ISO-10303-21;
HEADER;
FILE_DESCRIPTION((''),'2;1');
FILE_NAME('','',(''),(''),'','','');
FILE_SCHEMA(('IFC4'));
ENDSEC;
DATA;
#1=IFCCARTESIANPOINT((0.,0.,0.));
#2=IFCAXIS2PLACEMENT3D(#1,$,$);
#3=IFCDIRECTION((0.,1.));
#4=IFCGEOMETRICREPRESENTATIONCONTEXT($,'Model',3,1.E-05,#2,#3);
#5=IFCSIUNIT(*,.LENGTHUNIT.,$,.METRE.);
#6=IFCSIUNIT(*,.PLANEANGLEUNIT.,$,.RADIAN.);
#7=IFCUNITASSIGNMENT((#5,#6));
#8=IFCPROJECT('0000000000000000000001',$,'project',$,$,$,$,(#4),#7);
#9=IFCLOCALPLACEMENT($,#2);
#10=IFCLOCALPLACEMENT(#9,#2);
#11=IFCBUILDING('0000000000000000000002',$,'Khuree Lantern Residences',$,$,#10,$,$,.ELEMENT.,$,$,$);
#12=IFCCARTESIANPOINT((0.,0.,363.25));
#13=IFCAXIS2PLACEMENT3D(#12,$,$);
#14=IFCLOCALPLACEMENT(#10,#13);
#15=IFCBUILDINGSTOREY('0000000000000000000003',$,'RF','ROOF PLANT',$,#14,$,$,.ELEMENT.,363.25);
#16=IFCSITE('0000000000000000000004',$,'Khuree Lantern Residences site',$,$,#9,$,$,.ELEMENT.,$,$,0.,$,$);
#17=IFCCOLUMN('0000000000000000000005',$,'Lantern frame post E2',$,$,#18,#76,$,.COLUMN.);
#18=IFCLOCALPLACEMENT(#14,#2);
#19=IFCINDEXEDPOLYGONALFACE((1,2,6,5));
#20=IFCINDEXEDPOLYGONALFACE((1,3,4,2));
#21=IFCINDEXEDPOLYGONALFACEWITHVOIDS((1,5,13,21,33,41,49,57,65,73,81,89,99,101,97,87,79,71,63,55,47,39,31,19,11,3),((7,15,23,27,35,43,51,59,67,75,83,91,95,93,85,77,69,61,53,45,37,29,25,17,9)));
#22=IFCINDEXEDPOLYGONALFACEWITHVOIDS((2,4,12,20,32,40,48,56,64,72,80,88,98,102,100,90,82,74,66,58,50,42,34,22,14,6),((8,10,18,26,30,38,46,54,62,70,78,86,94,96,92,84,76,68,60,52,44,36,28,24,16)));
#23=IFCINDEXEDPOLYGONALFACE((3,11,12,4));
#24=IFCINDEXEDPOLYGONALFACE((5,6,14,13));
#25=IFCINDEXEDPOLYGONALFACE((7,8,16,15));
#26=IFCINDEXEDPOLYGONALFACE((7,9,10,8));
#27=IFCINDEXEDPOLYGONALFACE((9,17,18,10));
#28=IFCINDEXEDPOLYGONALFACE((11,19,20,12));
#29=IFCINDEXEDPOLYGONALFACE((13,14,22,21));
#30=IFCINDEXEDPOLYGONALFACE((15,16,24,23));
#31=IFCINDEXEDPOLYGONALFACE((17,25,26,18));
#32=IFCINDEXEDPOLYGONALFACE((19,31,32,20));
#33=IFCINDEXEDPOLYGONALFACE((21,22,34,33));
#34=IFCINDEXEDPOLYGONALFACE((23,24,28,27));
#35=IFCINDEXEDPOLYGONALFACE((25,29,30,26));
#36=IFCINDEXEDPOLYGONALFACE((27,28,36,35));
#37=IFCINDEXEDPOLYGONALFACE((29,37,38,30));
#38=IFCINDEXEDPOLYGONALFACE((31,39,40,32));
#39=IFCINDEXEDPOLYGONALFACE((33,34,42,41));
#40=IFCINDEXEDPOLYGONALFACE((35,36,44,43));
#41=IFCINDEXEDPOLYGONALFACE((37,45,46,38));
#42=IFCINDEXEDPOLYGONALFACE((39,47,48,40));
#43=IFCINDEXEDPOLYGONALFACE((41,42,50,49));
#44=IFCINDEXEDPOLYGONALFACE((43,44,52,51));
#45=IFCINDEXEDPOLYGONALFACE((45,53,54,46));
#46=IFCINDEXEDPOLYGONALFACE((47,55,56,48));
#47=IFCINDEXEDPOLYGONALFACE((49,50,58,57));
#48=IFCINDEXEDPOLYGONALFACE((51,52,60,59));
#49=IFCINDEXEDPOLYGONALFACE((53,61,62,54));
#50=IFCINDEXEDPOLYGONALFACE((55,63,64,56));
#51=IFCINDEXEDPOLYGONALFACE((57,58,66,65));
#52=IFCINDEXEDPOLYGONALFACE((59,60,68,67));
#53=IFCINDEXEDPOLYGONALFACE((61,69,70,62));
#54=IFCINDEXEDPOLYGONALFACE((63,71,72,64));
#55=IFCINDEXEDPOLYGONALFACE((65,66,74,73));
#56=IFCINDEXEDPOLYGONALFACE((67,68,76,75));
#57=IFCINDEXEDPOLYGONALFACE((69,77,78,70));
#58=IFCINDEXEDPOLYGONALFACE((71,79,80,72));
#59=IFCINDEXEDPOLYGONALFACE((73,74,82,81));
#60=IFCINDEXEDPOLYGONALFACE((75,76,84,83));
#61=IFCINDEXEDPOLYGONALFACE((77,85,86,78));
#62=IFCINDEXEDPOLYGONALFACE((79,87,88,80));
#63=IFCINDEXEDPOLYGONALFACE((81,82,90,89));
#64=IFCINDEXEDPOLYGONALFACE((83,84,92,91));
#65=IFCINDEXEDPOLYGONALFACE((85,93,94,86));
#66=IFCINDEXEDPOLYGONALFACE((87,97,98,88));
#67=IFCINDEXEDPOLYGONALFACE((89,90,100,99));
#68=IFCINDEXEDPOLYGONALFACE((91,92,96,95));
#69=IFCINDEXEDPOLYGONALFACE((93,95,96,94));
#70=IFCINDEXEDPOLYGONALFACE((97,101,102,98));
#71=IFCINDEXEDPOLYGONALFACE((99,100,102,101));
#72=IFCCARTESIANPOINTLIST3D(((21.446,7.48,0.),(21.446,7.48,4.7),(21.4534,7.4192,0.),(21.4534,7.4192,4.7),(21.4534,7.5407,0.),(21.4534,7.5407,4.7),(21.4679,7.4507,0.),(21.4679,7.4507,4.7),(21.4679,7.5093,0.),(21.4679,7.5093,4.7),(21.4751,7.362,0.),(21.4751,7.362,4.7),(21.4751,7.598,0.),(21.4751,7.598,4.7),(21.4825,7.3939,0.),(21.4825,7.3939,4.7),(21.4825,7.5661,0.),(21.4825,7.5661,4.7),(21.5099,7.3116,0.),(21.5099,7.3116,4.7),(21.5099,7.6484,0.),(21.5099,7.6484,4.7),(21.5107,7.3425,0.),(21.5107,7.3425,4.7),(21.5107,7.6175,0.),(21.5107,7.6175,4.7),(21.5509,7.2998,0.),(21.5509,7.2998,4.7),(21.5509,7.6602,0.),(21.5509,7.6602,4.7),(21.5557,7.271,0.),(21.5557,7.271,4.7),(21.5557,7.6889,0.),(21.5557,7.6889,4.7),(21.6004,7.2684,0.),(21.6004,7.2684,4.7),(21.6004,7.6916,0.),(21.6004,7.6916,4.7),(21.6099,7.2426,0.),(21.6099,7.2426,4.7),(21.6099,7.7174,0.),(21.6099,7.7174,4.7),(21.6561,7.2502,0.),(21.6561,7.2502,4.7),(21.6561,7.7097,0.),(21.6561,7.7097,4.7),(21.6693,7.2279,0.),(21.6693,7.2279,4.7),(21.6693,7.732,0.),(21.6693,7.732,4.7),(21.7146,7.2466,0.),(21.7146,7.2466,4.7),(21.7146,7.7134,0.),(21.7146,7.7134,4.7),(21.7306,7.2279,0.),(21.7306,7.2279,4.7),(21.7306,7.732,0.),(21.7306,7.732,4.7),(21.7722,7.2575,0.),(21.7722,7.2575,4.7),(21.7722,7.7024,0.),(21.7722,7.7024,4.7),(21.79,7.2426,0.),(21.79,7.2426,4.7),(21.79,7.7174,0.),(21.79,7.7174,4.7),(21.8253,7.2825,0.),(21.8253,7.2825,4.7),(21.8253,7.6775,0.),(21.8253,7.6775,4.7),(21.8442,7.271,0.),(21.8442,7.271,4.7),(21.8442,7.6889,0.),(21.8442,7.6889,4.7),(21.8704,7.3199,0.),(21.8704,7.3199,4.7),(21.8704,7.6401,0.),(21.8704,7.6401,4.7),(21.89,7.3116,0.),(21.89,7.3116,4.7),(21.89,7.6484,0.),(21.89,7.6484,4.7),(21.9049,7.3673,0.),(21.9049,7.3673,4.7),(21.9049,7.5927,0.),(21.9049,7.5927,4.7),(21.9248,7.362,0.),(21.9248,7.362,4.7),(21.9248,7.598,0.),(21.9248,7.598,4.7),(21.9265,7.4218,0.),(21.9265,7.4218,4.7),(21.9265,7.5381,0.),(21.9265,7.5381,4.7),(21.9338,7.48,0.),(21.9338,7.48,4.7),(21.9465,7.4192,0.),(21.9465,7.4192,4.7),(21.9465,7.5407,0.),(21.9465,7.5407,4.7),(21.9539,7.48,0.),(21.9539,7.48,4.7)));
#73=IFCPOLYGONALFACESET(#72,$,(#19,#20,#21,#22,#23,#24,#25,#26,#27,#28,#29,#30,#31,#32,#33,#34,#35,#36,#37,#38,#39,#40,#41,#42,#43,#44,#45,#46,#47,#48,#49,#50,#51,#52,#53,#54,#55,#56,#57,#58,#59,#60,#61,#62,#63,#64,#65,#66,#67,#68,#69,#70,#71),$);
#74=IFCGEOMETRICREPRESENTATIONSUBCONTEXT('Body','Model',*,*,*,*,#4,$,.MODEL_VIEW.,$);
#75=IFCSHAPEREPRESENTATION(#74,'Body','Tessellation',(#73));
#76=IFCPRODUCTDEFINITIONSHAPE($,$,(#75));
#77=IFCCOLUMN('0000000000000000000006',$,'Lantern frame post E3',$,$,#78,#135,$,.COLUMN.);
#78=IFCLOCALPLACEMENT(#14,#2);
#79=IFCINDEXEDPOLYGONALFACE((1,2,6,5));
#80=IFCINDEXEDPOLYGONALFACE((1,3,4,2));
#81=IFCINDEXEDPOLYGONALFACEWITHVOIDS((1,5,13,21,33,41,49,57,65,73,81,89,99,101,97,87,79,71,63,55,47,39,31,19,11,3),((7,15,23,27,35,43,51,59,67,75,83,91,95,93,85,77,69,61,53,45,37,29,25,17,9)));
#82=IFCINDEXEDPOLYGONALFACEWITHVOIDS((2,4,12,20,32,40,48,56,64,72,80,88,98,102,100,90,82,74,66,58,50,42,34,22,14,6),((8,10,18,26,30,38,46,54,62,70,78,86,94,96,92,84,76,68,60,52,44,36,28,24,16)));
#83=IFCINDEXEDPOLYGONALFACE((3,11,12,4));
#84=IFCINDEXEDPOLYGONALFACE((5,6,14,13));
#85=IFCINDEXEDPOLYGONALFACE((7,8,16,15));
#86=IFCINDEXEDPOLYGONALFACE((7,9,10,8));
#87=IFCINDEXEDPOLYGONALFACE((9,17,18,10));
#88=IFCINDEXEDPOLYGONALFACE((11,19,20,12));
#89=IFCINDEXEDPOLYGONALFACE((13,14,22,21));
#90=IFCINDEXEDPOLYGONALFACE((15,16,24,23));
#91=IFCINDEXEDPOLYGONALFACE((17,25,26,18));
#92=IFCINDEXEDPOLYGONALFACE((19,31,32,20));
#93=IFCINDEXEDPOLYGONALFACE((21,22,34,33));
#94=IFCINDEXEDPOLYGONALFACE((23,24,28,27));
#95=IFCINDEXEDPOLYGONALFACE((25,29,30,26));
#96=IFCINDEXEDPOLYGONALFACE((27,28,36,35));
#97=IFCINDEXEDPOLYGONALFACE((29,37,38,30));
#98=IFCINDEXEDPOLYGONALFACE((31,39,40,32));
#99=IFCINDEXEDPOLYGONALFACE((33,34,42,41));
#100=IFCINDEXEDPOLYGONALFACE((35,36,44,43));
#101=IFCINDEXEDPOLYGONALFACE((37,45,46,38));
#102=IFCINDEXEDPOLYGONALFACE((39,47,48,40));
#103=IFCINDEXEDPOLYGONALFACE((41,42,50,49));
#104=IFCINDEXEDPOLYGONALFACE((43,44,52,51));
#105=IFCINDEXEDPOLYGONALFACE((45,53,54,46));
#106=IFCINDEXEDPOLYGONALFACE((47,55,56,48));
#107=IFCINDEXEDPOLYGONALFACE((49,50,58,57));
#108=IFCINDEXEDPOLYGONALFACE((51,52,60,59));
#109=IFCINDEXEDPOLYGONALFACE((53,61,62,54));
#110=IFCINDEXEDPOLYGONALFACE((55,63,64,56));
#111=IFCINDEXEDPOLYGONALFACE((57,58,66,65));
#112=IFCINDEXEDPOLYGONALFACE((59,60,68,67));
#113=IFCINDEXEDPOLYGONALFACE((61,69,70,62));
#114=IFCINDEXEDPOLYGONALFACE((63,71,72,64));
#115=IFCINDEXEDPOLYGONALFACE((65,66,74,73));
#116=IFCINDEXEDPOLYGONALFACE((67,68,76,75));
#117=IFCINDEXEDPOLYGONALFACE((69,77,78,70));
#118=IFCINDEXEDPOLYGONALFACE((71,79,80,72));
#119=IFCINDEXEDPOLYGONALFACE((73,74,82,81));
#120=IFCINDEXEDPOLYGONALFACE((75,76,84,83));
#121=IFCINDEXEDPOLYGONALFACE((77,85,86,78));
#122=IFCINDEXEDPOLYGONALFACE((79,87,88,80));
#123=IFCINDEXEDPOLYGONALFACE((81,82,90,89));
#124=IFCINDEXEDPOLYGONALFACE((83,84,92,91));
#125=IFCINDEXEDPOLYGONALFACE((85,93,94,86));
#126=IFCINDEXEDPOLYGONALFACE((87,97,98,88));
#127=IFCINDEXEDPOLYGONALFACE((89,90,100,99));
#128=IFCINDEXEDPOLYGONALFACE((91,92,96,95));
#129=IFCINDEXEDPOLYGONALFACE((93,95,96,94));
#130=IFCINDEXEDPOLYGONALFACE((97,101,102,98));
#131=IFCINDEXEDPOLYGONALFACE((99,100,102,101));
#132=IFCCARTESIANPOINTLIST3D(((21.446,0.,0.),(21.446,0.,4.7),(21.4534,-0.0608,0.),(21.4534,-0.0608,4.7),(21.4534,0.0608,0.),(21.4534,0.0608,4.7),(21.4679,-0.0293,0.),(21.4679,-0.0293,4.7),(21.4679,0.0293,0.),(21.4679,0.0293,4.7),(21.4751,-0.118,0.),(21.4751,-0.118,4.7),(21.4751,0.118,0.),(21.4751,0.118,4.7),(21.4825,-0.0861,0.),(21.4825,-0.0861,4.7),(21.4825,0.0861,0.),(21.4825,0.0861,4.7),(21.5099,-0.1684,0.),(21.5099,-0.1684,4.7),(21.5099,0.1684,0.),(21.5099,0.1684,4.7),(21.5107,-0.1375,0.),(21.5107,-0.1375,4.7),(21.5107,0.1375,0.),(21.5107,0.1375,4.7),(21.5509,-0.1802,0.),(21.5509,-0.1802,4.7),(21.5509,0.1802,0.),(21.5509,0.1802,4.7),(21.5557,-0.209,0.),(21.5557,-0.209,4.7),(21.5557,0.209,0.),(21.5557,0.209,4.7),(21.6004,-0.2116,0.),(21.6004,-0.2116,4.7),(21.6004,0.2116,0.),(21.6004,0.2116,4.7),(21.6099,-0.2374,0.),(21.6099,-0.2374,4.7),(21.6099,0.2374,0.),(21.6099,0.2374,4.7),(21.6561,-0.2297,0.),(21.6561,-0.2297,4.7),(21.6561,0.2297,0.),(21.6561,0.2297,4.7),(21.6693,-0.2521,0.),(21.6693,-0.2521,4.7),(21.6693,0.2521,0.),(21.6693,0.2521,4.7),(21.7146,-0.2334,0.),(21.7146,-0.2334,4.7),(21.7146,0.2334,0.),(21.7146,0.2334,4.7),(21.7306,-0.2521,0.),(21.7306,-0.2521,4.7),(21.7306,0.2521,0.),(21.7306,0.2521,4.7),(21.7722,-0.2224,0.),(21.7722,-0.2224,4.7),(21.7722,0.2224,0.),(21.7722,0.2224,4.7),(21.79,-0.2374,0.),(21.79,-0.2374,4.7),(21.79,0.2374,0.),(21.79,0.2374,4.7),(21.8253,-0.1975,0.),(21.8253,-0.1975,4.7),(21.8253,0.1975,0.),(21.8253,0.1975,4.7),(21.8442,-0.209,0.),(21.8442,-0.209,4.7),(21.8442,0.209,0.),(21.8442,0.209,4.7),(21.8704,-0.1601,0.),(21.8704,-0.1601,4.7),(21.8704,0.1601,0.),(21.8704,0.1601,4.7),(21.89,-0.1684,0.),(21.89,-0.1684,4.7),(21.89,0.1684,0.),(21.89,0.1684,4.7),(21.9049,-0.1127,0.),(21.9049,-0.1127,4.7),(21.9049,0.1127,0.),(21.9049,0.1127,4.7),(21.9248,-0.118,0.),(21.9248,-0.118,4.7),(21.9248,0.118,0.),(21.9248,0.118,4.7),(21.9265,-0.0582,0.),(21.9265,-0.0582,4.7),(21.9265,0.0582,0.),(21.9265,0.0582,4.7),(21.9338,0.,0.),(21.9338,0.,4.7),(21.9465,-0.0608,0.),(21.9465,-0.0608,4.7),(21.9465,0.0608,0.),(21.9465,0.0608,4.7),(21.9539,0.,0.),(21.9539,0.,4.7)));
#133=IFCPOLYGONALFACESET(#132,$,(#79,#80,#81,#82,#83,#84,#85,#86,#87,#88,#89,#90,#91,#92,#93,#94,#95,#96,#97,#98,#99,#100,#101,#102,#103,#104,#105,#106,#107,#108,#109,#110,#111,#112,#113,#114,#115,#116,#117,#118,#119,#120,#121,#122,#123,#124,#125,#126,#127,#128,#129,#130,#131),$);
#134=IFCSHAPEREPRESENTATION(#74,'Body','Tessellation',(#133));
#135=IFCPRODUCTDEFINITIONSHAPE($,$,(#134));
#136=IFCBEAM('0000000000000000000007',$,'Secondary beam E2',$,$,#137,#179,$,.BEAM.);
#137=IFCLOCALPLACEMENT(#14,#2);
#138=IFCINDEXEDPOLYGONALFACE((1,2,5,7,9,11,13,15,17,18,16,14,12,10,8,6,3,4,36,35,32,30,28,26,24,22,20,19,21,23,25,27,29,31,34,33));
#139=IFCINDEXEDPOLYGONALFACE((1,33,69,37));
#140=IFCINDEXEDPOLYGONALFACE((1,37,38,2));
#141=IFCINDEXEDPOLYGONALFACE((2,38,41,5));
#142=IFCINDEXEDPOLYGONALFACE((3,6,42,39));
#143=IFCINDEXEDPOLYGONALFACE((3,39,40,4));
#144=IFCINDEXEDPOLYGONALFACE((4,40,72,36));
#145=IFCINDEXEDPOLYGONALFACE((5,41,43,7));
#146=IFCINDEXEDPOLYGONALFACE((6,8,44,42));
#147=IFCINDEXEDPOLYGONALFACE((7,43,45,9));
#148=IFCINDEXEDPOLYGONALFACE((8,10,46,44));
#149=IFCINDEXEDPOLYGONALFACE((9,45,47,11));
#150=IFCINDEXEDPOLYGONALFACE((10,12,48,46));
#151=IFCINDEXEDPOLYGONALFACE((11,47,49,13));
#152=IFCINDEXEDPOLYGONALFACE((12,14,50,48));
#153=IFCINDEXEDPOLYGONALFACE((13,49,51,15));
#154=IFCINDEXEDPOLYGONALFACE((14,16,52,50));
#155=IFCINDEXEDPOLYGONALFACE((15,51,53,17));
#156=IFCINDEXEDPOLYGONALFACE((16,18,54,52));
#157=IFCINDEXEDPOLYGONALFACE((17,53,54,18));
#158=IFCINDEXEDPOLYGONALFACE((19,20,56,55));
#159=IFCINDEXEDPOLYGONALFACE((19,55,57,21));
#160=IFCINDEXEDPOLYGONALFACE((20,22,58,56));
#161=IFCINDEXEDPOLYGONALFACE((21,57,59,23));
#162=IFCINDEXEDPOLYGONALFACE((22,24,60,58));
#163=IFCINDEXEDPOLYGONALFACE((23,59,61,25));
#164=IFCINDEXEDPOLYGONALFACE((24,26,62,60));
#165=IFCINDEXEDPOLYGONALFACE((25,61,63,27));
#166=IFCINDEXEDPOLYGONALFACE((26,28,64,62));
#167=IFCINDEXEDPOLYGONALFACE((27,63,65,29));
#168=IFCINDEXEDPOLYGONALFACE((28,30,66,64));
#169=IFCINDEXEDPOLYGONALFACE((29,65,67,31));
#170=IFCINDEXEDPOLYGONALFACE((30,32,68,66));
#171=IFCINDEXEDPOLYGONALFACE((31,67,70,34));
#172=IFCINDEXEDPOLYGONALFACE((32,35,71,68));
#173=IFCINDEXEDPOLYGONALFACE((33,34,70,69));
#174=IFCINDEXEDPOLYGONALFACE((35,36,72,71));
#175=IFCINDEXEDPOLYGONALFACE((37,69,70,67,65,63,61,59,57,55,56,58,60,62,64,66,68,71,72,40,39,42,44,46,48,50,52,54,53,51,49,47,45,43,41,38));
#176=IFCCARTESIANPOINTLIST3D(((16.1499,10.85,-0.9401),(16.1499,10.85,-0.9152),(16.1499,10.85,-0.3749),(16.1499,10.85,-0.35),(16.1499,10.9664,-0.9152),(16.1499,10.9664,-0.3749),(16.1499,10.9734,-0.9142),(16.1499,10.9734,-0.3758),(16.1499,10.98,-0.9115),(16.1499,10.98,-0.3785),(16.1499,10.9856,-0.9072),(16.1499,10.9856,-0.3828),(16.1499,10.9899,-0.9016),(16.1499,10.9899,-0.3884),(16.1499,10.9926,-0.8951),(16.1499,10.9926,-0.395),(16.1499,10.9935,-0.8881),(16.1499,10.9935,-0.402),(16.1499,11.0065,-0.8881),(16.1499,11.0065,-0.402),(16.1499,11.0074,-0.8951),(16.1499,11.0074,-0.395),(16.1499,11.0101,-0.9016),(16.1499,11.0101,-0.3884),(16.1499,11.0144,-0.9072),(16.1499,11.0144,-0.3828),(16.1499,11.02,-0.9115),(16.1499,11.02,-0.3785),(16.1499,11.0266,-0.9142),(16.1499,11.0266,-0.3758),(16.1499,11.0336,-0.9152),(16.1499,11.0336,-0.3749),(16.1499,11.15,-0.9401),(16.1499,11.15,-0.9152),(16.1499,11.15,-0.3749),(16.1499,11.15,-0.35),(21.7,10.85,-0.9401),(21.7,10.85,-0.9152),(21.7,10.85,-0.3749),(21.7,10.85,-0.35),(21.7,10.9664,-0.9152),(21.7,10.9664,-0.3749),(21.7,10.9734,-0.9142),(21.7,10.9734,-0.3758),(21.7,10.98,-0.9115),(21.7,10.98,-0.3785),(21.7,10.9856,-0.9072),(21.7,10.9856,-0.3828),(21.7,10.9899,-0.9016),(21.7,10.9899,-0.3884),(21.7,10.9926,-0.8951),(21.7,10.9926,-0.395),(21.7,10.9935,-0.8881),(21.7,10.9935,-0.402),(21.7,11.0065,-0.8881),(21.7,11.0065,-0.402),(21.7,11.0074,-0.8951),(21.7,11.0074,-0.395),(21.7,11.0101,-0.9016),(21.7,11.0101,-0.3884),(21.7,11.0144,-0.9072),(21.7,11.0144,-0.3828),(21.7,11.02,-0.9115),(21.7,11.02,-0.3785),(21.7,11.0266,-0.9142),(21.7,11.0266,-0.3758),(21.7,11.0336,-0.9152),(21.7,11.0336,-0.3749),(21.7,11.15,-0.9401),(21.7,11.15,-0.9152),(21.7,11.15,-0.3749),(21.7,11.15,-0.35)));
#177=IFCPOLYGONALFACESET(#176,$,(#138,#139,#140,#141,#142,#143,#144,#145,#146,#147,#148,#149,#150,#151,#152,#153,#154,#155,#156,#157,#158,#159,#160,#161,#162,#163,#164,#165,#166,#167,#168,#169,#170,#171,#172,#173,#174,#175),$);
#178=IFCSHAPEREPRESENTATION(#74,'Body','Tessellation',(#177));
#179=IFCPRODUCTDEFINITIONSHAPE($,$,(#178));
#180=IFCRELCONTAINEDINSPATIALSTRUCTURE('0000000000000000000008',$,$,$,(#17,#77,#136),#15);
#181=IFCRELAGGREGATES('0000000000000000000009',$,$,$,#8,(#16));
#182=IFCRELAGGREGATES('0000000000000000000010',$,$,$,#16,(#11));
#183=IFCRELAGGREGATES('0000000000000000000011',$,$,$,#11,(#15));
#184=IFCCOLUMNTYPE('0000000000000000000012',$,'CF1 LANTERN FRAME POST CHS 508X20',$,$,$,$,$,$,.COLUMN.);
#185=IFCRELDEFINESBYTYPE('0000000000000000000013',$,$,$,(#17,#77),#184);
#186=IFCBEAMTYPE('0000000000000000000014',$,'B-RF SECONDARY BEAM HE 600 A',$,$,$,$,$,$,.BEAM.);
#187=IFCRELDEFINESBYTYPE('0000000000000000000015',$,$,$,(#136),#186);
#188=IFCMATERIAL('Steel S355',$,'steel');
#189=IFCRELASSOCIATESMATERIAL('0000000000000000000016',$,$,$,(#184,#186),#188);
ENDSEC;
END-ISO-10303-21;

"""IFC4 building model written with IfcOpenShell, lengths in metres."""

from ifc_helpers import new_model, si_unit, direction, frame, origin, origin_2d, place, context, subcontext, project, spatial, hollow_circle, i_section, extrude, material, material_profile, profile_set, type_object, element, save


model = new_model("IFC4")

# Units and contexts
model_context = context("Model", 3, precision=1e-05, world=origin(), true_north=direction((0.0, 1.0)))
body_context = subcontext(model_context, "Body", "Model", "MODEL_VIEW")
ifc_project = project(units=[si_unit("LENGTHUNIT", "METRE"), si_unit("PLANEANGLEUNIT", "RADIAN")], contexts=[model_context])

# Site, building, storey
site_placement = place(None, origin())
site = spatial("IfcSite", under=ifc_project, at=site_placement, Name="Khuree Lantern Residences site", CompositionType="ELEMENT", RefElevation=0.0)
building_placement = place(site_placement, origin())
building = spatial("IfcBuilding", under=site, at=building_placement, Name="Khuree Lantern Residences", CompositionType="ELEMENT")
storey_placement = place(building_placement, frame((0.0, 0.0, 363.25)))
storey = spatial("IfcBuildingStorey", under=building, at=storey_placement, Name="RF", Description="ROOF PLANT", CompositionType="ELEMENT", Elevation=363.25)

# Columns
ifc_material_1 = material(Name="Steel S355", Category="steel")
ifc_material_profile_1 = material_profile(ifc_material_1, hollow_circle(Radius=0.2539, WallThickness=0.02, at=origin_2d()), Name="CHS 508X20")
ifc_profile_set_1 = profile_set([ifc_material_profile_1], Name="Steel S355")
column_type = type_object("IfcColumnType", Name="CF1 LANTERN FRAME POST CHS 508X20", PredefinedType="COLUMN", material=ifc_profile_set_1)
for number, where, z_axis, x_axis, name in (
    (1, (21.7, 7.48, 0.0), (0.0, 0.0, 1.0), (1.0, 0.0, 0.0), "Lantern frame post E2"),
    (2, (21.7, 0.0, 0.0), (0.0, 0.0, 1.0), (1.0, 0.0, 0.0), "Lantern frame post E3"),
):
    element("IfcColumn", number, at=place(storey_placement, frame(where, z_axis=z_axis, x_axis=x_axis)), inside=storey, type_object=column_type, Name=name, PredefinedType="COLUMN", context=body_context, shape_type="SweptSolid", body=[
        extrude(hollow_circle(Radius=0.2539, WallThickness=0.02, at=origin_2d()), origin(), (0.0, 0.0, 1.0), 4.7),
    ])

# Beam
ifc_material_profile_2 = material_profile(ifc_material_1, i_section(OverallWidth=0.3, OverallDepth=0.5901, WebThickness=0.0129, FlangeThickness=0.0249, FilletRadius=0.0271, at=origin_2d()), Name="HE 600 A")
ifc_profile_set_2 = profile_set([ifc_material_profile_2], Name="Steel S355")
beam_type_1 = type_object("IfcBeamType", Name="B-RF SECONDARY BEAM HE 600 A", PredefinedType="BEAM", material=ifc_profile_set_2)
for number, where, z_axis, x_axis, name in (
    (3, (21.7, 11.0, -0.645), (-1.0, 0.0, 0.0), (0.0, -1.0, 0.0), "Secondary beam E2"),
):
    element("IfcBeam", number, at=place(storey_placement, frame(where, z_axis=z_axis, x_axis=x_axis)), inside=storey, type_object=beam_type_1, Name=name, PredefinedType="BEAM", context=body_context, shape_type="SweptSolid", body=[
        extrude(i_section(OverallWidth=0.3, OverallDepth=0.5901, WebThickness=0.0129, FlangeThickness=0.0249, FilletRadius=0.0271, at=origin_2d()), origin(), (0.0, 0.0, 1.0), 5.55),
    ])

save(model, "model.ifc")
